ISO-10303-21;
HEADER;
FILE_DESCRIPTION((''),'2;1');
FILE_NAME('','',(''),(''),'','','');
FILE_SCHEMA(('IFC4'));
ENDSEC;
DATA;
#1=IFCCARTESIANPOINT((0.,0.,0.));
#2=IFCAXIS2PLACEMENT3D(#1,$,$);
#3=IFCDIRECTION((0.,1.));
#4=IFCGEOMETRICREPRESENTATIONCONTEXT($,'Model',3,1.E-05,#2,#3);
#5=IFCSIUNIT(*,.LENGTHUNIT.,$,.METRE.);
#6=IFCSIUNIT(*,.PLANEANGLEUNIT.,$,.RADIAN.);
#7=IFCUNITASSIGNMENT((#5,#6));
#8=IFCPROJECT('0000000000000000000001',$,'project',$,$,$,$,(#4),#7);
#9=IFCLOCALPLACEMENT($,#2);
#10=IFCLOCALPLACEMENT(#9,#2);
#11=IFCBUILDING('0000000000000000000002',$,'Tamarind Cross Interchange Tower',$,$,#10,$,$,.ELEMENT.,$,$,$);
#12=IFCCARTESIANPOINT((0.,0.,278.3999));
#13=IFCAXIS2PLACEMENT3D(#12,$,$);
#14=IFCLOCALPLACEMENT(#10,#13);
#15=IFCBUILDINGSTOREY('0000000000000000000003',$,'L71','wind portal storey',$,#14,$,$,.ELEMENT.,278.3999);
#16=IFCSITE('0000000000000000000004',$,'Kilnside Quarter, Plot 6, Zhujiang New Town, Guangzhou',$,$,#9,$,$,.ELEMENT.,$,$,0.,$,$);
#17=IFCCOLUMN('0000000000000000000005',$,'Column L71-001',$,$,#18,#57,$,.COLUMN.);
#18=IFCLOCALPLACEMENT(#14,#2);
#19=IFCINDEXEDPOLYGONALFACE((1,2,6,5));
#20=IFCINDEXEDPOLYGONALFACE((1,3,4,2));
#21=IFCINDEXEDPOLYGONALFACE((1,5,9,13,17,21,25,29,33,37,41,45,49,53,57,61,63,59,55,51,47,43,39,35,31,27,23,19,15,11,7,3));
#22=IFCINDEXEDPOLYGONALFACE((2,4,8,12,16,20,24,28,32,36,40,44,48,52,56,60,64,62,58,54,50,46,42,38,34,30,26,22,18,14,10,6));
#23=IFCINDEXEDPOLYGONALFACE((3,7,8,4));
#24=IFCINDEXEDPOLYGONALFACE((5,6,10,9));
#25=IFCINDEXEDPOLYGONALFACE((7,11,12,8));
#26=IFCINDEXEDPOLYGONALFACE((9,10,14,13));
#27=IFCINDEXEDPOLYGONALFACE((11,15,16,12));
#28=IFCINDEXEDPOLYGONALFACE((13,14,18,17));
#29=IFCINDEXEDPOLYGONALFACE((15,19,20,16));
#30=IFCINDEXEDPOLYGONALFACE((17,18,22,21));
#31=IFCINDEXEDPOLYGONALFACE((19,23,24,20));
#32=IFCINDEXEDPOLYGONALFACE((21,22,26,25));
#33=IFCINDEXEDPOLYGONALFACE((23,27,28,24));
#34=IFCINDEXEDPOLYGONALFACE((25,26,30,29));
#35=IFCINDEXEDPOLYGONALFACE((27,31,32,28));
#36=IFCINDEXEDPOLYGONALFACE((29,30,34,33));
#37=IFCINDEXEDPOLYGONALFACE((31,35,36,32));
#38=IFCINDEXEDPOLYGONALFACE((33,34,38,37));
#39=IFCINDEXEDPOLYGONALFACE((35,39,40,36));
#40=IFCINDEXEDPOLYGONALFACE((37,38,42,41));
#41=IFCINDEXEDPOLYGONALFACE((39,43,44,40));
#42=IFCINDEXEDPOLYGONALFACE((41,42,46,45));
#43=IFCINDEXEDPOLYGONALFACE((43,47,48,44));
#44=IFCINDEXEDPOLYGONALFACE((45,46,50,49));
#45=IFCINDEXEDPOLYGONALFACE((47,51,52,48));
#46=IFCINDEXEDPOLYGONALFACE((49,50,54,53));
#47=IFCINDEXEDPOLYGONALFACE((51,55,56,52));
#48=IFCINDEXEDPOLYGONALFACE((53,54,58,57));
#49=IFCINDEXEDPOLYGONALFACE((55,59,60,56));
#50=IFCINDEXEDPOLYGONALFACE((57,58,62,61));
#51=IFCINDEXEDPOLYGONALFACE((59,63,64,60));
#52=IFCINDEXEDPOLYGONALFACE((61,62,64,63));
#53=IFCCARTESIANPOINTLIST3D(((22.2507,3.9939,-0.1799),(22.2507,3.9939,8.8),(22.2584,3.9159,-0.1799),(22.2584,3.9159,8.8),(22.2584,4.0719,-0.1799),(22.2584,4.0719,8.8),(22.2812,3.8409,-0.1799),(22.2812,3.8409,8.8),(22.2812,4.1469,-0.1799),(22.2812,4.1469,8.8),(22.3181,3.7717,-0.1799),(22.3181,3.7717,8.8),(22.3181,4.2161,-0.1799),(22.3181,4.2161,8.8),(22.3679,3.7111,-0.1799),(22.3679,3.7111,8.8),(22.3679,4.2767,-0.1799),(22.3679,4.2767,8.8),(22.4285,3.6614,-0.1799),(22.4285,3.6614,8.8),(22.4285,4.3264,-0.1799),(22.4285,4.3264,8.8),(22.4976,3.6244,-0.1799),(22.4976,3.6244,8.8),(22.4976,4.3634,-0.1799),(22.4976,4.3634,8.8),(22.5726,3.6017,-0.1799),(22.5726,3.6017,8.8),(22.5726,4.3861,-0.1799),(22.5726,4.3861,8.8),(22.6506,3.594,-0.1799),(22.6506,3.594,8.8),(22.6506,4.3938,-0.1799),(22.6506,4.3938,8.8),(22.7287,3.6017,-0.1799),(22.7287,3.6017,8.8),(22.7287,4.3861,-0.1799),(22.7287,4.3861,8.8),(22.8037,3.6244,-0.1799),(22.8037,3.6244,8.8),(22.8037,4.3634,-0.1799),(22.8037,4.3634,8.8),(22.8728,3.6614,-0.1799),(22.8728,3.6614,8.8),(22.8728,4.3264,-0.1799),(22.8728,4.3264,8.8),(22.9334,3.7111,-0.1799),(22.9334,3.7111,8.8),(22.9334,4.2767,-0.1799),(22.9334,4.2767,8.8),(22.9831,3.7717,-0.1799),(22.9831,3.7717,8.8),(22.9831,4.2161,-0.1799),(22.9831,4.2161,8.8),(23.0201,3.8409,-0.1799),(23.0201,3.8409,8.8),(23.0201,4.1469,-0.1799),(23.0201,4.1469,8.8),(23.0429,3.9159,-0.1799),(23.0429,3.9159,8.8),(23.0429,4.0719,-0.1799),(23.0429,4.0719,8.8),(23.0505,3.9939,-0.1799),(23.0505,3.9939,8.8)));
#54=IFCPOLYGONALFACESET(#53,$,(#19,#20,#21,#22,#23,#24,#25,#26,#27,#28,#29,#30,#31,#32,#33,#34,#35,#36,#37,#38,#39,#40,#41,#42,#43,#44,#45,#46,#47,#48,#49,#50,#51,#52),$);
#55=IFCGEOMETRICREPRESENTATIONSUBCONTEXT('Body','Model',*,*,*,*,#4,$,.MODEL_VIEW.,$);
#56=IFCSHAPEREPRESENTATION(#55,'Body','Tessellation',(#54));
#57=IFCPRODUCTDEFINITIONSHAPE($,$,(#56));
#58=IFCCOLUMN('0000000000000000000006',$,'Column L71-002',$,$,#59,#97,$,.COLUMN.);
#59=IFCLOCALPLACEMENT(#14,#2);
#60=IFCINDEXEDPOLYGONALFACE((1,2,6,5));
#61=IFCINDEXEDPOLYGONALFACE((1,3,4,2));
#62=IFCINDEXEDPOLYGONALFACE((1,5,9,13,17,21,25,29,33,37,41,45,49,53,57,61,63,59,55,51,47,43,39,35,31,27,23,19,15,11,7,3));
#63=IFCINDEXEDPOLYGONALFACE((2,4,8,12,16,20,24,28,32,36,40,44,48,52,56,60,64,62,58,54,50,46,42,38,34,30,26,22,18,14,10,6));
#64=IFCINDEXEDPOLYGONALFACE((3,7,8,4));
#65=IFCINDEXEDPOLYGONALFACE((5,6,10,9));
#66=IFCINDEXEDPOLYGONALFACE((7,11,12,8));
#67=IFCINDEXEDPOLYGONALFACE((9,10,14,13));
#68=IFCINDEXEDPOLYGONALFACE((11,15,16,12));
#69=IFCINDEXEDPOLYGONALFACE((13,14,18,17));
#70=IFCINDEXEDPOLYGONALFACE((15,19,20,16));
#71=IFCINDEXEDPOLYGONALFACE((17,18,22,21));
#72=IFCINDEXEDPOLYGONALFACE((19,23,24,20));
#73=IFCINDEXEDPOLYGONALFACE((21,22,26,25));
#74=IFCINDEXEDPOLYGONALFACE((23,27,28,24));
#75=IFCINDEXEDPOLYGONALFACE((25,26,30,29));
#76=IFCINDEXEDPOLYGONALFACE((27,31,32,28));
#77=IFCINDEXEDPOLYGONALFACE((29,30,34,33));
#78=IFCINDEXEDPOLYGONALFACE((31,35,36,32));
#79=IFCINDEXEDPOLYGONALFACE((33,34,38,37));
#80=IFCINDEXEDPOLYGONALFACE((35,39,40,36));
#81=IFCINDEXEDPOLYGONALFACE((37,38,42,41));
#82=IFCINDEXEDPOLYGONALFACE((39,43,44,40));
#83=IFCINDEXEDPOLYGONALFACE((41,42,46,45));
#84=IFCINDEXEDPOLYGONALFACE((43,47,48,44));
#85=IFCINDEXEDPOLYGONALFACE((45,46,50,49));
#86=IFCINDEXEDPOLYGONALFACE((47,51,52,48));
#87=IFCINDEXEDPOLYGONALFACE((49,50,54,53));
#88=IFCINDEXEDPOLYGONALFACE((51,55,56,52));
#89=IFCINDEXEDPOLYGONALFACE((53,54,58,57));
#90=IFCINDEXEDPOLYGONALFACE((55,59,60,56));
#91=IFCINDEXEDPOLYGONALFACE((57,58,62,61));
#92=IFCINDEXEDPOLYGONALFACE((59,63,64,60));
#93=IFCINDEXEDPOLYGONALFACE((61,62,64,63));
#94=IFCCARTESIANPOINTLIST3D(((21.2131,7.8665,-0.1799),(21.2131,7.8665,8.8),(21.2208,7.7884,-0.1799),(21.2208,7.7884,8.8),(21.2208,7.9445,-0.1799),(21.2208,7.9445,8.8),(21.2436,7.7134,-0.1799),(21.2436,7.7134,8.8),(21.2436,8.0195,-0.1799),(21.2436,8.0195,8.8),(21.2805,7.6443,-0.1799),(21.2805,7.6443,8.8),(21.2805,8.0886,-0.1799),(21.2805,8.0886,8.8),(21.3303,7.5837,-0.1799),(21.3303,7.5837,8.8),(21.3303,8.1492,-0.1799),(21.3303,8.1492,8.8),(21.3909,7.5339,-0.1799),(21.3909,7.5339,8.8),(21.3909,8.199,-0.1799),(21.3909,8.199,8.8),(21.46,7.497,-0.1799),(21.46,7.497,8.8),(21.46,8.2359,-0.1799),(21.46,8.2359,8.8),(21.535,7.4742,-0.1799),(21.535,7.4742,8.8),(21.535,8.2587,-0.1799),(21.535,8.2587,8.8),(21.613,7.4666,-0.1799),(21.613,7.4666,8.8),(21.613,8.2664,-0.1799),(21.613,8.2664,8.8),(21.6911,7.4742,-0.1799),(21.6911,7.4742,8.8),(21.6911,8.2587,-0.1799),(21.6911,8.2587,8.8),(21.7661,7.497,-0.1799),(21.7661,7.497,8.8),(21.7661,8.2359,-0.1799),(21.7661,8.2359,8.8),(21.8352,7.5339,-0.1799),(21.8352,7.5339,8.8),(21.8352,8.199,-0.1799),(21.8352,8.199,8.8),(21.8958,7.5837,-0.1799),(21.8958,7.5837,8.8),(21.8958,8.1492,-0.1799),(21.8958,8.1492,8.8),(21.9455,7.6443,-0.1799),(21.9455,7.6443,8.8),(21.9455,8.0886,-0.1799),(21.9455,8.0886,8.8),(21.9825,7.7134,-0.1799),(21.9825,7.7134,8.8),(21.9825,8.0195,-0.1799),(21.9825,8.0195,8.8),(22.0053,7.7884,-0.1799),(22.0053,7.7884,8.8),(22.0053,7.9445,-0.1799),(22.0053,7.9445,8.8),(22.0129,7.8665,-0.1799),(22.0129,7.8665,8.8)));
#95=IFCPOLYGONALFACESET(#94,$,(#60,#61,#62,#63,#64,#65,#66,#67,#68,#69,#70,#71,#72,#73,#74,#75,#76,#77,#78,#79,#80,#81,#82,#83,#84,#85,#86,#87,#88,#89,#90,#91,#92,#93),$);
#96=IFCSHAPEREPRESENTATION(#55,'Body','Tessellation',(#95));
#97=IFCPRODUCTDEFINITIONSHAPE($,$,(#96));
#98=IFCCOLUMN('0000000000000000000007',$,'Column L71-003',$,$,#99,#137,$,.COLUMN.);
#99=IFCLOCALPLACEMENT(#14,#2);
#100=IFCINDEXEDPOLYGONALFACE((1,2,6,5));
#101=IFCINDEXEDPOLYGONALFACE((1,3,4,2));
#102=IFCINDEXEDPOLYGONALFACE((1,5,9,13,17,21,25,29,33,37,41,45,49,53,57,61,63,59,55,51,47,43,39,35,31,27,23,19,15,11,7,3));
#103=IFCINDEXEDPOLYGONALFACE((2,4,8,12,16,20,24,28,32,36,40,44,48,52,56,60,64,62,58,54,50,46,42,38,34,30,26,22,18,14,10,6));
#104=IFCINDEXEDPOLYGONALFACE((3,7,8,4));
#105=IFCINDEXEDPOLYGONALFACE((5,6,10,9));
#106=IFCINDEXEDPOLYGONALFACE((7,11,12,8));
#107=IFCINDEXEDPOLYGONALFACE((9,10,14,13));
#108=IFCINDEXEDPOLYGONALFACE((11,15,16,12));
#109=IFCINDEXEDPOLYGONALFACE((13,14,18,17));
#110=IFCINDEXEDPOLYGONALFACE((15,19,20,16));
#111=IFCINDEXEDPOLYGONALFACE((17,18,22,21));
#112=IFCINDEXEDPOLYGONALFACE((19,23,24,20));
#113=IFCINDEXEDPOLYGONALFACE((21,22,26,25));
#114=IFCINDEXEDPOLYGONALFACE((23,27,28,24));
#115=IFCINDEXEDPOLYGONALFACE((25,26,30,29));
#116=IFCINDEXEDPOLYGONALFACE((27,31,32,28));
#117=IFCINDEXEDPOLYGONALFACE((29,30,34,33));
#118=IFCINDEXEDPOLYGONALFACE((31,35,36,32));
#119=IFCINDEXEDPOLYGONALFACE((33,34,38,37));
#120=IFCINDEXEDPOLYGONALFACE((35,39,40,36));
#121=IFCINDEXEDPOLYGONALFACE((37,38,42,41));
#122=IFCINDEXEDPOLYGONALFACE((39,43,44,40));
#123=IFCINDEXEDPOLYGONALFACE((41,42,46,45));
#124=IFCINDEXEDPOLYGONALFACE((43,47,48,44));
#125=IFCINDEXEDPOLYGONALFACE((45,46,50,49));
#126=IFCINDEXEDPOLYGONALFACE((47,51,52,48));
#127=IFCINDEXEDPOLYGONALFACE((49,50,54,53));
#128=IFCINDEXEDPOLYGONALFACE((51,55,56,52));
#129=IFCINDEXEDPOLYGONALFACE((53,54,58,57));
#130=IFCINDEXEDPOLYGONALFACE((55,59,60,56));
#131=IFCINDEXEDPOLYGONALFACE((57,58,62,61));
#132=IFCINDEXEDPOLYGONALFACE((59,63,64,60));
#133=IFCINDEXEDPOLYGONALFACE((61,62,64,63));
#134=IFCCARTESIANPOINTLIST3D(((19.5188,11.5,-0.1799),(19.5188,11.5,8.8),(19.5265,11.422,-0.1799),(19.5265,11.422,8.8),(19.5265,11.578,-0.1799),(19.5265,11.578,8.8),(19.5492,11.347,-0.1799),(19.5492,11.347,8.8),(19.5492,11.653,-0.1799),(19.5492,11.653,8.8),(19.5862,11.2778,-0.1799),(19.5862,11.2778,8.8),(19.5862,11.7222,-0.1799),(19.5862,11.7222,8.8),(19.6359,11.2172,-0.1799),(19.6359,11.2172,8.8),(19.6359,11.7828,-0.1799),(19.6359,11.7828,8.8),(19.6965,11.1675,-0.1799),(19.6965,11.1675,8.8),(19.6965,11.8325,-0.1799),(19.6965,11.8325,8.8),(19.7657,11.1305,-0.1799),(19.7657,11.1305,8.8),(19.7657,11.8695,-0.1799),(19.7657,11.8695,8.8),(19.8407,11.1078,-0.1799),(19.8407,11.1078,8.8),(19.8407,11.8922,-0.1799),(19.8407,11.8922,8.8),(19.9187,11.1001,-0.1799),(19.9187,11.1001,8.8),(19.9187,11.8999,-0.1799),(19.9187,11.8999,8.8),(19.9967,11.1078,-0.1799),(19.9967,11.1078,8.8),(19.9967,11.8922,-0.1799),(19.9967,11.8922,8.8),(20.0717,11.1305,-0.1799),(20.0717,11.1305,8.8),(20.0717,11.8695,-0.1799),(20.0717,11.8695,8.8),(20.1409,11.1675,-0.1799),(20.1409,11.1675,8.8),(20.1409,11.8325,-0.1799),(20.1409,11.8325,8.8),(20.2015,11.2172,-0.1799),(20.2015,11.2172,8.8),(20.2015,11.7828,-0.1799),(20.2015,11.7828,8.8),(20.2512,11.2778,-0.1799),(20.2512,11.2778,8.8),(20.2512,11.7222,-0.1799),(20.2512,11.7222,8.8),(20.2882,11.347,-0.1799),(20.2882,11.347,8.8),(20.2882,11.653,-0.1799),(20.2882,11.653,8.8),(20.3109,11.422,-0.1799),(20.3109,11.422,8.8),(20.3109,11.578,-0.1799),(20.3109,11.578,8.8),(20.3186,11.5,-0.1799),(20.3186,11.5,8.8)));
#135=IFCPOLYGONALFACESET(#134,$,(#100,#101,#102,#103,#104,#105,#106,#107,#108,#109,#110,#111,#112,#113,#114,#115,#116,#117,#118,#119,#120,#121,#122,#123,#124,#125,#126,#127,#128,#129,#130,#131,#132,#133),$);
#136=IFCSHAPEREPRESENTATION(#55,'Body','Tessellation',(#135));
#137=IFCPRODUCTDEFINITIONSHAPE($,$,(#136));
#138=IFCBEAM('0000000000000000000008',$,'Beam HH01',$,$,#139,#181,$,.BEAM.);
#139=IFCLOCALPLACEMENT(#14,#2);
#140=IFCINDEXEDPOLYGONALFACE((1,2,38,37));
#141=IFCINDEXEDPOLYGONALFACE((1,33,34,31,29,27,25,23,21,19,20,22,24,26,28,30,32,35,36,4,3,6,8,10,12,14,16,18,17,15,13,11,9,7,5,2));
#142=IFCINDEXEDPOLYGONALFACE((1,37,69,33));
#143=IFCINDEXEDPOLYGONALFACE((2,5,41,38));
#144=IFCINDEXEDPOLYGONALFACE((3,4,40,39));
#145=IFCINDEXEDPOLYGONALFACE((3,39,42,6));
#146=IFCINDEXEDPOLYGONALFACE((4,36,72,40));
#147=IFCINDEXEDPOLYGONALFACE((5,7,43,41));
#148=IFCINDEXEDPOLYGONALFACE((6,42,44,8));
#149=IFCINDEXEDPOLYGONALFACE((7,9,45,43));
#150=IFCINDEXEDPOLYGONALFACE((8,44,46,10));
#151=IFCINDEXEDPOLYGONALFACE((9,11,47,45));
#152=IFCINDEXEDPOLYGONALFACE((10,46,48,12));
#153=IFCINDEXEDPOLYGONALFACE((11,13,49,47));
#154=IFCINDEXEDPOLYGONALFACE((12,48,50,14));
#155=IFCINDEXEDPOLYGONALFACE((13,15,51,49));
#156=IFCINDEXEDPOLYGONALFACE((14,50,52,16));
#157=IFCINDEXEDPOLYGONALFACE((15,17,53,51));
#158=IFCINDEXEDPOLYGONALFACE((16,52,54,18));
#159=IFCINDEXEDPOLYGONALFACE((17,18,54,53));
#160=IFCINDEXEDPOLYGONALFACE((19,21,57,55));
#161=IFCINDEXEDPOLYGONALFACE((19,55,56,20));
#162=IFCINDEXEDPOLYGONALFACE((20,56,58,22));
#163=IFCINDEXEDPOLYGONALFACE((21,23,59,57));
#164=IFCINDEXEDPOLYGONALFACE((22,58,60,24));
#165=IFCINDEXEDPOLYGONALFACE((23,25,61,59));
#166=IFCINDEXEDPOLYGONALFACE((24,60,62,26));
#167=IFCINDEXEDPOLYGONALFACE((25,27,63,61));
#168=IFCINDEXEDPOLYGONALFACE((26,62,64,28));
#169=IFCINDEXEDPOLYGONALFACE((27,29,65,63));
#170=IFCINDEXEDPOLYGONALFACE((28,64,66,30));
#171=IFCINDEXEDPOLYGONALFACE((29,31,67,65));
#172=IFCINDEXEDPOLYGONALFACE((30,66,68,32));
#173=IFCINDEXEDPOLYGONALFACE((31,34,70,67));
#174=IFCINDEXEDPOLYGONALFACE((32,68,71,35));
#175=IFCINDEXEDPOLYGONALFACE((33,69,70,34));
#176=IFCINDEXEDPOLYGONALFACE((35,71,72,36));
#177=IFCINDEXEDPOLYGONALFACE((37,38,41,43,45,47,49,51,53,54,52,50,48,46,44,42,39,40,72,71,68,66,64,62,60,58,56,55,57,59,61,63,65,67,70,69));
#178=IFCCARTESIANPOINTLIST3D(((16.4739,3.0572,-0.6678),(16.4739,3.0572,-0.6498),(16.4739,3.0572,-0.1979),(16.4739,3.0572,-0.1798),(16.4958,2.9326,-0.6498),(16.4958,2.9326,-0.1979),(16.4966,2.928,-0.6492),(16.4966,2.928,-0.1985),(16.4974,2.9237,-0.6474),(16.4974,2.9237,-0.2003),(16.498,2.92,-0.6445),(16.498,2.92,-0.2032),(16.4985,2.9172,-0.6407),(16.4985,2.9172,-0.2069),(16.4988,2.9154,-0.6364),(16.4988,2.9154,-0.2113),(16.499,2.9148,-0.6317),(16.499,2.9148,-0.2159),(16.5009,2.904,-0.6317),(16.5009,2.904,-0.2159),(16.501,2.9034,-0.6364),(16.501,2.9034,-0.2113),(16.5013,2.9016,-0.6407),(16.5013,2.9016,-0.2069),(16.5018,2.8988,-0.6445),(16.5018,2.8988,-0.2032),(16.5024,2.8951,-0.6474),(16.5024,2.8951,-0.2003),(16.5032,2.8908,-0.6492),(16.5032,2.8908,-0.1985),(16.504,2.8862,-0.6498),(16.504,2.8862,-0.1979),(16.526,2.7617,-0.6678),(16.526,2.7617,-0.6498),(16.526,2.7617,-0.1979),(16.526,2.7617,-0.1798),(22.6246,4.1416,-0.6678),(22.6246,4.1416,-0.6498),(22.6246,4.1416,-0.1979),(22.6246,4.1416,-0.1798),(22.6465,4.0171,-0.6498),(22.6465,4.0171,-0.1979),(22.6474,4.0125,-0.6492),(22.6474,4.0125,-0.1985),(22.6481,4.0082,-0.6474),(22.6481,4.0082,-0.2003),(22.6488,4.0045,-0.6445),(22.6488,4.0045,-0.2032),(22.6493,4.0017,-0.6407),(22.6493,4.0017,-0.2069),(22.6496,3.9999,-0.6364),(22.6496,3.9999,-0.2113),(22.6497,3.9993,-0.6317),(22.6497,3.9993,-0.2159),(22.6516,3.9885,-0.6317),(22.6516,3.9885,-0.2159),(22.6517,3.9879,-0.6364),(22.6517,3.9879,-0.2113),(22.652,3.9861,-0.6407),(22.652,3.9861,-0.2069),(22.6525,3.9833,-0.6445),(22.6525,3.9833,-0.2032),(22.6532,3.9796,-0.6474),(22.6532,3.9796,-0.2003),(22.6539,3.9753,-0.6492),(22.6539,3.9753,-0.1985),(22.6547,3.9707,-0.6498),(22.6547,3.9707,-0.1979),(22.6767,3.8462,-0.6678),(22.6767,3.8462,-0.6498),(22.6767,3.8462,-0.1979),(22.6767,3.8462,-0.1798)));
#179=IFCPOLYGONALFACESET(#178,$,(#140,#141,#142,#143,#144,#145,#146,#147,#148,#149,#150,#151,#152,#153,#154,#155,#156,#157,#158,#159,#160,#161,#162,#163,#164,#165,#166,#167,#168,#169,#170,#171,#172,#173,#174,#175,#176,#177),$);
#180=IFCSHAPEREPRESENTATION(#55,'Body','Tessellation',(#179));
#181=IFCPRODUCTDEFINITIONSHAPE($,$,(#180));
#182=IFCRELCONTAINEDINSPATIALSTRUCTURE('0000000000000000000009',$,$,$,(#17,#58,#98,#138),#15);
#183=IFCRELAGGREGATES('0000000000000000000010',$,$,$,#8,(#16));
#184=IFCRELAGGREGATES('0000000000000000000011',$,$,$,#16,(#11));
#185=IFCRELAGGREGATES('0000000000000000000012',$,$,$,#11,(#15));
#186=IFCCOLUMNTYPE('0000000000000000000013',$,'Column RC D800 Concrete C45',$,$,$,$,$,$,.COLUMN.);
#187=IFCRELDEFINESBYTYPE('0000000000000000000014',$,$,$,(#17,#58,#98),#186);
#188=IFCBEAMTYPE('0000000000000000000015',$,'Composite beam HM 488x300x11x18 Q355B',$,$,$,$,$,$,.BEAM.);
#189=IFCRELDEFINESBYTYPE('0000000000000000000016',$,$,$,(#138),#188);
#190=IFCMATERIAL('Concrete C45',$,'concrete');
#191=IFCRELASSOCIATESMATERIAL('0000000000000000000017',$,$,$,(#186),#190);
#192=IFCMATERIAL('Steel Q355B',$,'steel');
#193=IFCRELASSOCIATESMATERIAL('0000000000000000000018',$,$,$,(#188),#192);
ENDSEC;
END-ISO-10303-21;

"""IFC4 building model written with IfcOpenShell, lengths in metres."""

from ifc_helpers import new_model, si_unit, direction, frame, origin, origin_2d, place, context, subcontext, project, spatial, circle, i_section, extrude, material, material_profile, profile_set, type_object, element, save


model = new_model("IFC4")

# Units and contexts
model_context = context("Model", 3, precision=1e-05, world=origin(), true_north=direction((0.0, 1.0)))
body_context = subcontext(model_context, "Body", "Model", "MODEL_VIEW")
ifc_project = project(units=[si_unit("LENGTHUNIT", "METRE"), si_unit("PLANEANGLEUNIT", "RADIAN")], contexts=[model_context])

# Site, building, storey
site_placement = place(None, origin())
site = spatial("IfcSite", under=ifc_project, at=site_placement, Name="Kilnside Quarter, Plot 6, Zhujiang New Town, Guangzhou", CompositionType="ELEMENT", RefElevation=0.0)
building_placement = place(site_placement, origin())
building = spatial("IfcBuilding", under=site, at=building_placement, Name="Tamarind Cross Interchange Tower", CompositionType="ELEMENT")
storey_placement = place(building_placement, frame((0.0, 0.0, 278.3999)))
storey = spatial("IfcBuildingStorey", under=building, at=storey_placement, Name="L71", Description="wind portal storey", CompositionType="ELEMENT", Elevation=278.3999)

# Columns
ifc_material_1 = material(Name="Concrete C45", Category="concrete")
ifc_material_profile_1 = material_profile(ifc_material_1, circle(Radius=0.3999, at=origin_2d()), Name="RC D800")
ifc_profile_set_1 = profile_set([ifc_material_profile_1], Name="Concrete C45")
column_type = type_object("IfcColumnType", Name="Column RC D800 Concrete C45", PredefinedType="COLUMN", material=ifc_profile_set_1)
for number, where, z_axis, x_axis, name in (
    (1, (22.6506, 3.9939, -0.1799), (0.0, 0.0, 1.0), (1.0, 0.0, 0.0), "Column L71-001"),
    (2, (21.613, 7.8665, -0.1799), (0.0, 0.0, 1.0), (1.0, 0.0, 0.0), "Column L71-002"),
    (3, (19.9187, 11.5, -0.1799), (0.0, 0.0, 1.0), (1.0, 0.0, 0.0), "Column L71-003"),
):
    element("IfcColumn", number, at=place(storey_placement, frame(where, z_axis=z_axis, x_axis=x_axis)), inside=storey, type_object=column_type, Name=name, PredefinedType="COLUMN", context=body_context, shape_type="SweptSolid", body=[
        extrude(circle(Radius=0.3999, at=origin_2d()), origin(), (0.0, 0.0, 1.0), 8.98),
    ])

# Beam
ifc_material_2 = material(Name="Steel Q355B", Category="steel")
ifc_material_profile_2 = material_profile(ifc_material_2, i_section(OverallWidth=0.3, OverallDepth=0.488, WebThickness=0.011, FlangeThickness=0.0181, FilletRadius=0.0181, at=origin_2d()), Name="HM 488x300x11x18")
ifc_profile_set_2 = profile_set([ifc_material_profile_2], Name="Steel Q355B")
beam_type = type_object("IfcBeamType", Name="Composite beam HM 488x300x11x18 Q355B", PredefinedType="BEAM", material=ifc_profile_set_2)
beam_1_placement = place(storey_placement, frame((22.6506, 3.9939, -0.4238), z_axis=(-0.984809, -0.17364, 0.0), x_axis=(0.17364, -0.984809, 0.0)))
element("IfcBeam", 4, at=beam_1_placement, inside=storey, type_object=beam_type, Name="Beam HH01", PredefinedType="BEAM", context=body_context, shape_type="SweptSolid", body=[
    extrude(i_section(OverallWidth=0.3, OverallDepth=0.488, WebThickness=0.011, FlangeThickness=0.0181, FilletRadius=0.0181, at=origin_2d()), origin(), (0.0, 0.0, 1.0), 6.2456),
])

save(model, "model.ifc")
